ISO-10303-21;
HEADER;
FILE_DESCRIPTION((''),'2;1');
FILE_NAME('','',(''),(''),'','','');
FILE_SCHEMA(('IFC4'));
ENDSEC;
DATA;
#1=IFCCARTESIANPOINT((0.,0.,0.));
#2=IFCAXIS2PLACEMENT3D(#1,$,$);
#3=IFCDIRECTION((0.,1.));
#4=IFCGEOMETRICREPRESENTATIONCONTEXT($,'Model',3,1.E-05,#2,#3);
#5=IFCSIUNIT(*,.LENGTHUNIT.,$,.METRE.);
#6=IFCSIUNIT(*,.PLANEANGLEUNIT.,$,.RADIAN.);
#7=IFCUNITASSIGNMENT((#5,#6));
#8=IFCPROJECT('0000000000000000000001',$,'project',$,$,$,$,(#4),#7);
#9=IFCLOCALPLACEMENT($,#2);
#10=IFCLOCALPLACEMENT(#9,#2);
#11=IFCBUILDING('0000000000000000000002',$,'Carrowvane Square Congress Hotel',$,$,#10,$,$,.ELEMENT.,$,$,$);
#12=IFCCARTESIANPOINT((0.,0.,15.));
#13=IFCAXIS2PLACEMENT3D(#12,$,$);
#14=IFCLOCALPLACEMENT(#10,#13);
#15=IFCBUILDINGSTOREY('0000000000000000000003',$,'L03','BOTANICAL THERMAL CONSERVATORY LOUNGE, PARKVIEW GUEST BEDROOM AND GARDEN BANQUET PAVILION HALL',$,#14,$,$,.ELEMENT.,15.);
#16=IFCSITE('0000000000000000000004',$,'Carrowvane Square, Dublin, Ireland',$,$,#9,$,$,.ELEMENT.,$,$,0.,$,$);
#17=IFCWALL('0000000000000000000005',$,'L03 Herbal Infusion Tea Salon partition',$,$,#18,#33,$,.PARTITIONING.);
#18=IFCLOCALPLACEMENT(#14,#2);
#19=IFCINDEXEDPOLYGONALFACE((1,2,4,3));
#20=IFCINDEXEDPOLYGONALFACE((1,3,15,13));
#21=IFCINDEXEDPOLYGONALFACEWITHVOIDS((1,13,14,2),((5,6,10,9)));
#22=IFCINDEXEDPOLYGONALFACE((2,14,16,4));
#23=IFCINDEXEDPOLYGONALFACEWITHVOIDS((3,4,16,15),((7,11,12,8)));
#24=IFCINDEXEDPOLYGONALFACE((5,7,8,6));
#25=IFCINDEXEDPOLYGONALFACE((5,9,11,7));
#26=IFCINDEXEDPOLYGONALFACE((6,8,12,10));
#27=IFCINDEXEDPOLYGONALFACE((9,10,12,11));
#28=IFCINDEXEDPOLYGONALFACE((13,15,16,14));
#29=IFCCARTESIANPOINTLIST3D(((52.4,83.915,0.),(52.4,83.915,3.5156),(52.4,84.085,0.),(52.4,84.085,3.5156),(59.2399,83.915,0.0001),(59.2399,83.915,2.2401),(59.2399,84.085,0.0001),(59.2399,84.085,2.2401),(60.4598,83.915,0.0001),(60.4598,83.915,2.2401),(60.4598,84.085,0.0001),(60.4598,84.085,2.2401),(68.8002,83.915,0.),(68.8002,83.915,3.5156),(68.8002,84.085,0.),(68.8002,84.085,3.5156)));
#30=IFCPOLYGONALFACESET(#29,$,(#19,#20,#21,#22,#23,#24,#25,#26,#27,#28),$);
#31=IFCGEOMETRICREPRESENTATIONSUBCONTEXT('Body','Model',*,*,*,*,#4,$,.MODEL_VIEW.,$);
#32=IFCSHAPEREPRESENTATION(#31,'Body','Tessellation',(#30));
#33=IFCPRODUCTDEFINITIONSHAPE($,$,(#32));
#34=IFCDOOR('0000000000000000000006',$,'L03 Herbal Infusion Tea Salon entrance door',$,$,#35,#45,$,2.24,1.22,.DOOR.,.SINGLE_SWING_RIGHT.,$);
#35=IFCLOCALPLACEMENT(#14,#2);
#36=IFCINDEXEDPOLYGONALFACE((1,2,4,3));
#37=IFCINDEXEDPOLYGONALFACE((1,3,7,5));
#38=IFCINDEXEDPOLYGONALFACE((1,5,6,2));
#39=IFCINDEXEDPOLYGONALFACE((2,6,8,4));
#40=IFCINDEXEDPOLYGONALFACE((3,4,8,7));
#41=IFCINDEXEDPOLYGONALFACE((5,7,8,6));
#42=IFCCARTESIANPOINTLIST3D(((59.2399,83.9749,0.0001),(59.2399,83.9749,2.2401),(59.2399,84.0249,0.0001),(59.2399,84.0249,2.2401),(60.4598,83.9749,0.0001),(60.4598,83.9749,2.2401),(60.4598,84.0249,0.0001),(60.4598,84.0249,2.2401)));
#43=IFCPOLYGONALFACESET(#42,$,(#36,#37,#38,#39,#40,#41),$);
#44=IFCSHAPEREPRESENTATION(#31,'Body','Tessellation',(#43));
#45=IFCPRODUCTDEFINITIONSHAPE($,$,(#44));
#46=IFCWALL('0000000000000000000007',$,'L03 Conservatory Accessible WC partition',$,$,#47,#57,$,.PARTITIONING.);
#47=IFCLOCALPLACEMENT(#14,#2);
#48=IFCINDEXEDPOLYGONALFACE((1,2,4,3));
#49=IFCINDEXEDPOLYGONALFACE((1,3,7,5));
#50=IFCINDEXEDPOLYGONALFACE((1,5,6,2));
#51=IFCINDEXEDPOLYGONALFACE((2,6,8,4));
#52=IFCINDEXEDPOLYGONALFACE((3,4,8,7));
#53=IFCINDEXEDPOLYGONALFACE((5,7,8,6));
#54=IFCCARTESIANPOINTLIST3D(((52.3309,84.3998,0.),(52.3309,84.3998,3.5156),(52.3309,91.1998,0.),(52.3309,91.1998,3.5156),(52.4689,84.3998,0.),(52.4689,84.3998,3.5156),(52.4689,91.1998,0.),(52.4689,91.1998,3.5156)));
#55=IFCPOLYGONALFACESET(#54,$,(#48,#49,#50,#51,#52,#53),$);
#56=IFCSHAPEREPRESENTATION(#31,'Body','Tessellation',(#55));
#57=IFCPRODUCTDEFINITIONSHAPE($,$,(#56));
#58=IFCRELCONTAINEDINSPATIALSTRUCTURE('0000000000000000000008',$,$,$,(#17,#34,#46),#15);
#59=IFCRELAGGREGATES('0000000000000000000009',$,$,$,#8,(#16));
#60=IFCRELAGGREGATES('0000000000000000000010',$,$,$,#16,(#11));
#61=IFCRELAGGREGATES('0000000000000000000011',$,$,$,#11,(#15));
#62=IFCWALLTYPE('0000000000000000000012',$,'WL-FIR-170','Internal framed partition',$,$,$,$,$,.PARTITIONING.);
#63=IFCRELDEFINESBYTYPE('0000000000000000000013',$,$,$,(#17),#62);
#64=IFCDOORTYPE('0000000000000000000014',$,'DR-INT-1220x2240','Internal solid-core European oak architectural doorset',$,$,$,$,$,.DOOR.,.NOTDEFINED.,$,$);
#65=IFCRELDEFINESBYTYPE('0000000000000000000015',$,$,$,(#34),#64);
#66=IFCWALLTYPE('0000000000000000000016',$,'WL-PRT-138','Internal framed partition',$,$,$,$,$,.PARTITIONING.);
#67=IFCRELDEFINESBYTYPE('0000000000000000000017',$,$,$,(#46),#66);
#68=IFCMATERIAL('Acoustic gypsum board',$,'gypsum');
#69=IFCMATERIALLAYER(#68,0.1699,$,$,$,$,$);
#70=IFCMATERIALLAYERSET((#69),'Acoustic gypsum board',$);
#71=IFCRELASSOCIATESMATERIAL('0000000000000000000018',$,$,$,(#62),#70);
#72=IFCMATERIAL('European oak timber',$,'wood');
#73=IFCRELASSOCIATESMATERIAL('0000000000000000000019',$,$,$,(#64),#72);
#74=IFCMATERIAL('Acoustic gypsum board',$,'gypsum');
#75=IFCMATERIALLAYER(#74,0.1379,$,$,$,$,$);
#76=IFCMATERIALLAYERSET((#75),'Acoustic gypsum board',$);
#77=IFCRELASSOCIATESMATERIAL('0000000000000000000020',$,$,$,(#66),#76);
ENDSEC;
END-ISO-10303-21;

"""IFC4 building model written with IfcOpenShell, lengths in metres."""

from ifc_helpers import new_model, si_unit, direction, frame, frame_2d, origin, place, context, subcontext, project, spatial, rectangle, extrude, material, layer, layer_set, type_object, element, fill, save


model = new_model("IFC4")

# Units and contexts
model_context = context("Model", 3, precision=1e-05, world=origin(), true_north=direction((0.0, 1.0)))
body_context = subcontext(model_context, "Body", "Model", "MODEL_VIEW")
ifc_project = project(units=[si_unit("LENGTHUNIT", "METRE"), si_unit("PLANEANGLEUNIT", "RADIAN")], contexts=[model_context])

# Site, building, storey
site_placement = place(None, origin())
site = spatial("IfcSite", under=ifc_project, at=site_placement, Name="Carrowvane Square, Dublin, Ireland", CompositionType="ELEMENT", RefElevation=0.0)
building_placement = place(site_placement, origin())
building = spatial("IfcBuilding", under=site, at=building_placement, Name="Carrowvane Square Congress Hotel", CompositionType="ELEMENT")
storey_placement = place(building_placement, frame((0.0, 0.0, 15.0)))
storey = spatial("IfcBuildingStorey", under=building, at=storey_placement, Name="L03", Description="BOTANICAL THERMAL CONSERVATORY LOUNGE, PARKVIEW GUEST BEDROOM AND GARDEN BANQUET PAVILION HALL", CompositionType="ELEMENT", Elevation=15.0)

# Wall, opening, door
ifc_material_1 = material(Name="Acoustic gypsum board", Category="gypsum")
ifc_layer_1 = layer(ifc_material_1, 0.1699)
ifc_layer_set_1 = layer_set([ifc_layer_1], Name="Acoustic gypsum board")
wall_type_1 = type_object("IfcWallType", Name="WL-FIR-170", Description="Internal framed partition", PredefinedType="PARTITIONING", material=ifc_layer_set_1)
wall_1_placement = place(storey_placement, frame((52.3999, 84.0, 0.0), z_axis=(0.0, 0.0, 1.0), x_axis=(1.0, 0.0, 0.0)))
wall_1 = element("IfcWall", 1, at=wall_1_placement, inside=storey, type_object=wall_type_1, Name="L03 Herbal Infusion Tea Salon partition", PredefinedType="PARTITIONING", context=body_context, shape_type="SweptSolid", body=[
    extrude(rectangle(XDim=16.4001, YDim=0.1699, at=frame_2d((8.2002, 0.0))), origin(), (0.0, 0.0, 1.0), 3.5156),
])
opening_placement = place(wall_1_placement, frame((6.8401, 0.0, 0.0)))
opening = element("IfcOpeningElement", 2, at=opening_placement, cuts=wall_1, PredefinedType="OPENING", context=body_context, shape_type="SweptSolid", body=[
    extrude(rectangle(XDim=1.22, YDim=2.24, at=frame_2d((0.6099, 1.1201))), frame((0.0, 0.095, 0.0), z_axis=(0.0, -1.0, 0.0), x_axis=(1.0, 0.0, 0.0)), (0.0, 0.0, 1.0), 0.1899),
])
ifc_material_2 = material(Name="European oak timber", Category="wood")
door_type = type_object("IfcDoorType", Name="DR-INT-1220x2240", Description="Internal solid-core European oak architectural doorset", OperationType="NOTDEFINED", PredefinedType="DOOR", material=ifc_material_2)
door_placement = place(opening_placement, origin())
door = element("IfcDoor", 3, at=door_placement, inside=storey, type_object=door_type, Name="L03 Herbal Infusion Tea Salon entrance door", OperationType="SINGLE_SWING_RIGHT", OverallHeight=2.24, OverallWidth=1.22, PredefinedType="DOOR", context=body_context, shape_type="SweptSolid", body=[
    extrude(rectangle(XDim=1.22, YDim=2.24, at=frame_2d((0.6099, 1.1201))), frame((0.0, 0.0249, 0.0), z_axis=(0.0, -1.0, 0.0), x_axis=(1.0, 0.0, 0.0)), (0.0, 0.0, 1.0), 0.05),
])
fill(opening, door)

# Wall
ifc_material_3 = material(Name="Acoustic gypsum board", Category="gypsum")
ifc_layer_2 = layer(ifc_material_3, 0.1379)
ifc_layer_set_2 = layer_set([ifc_layer_2], Name="Acoustic gypsum board")
wall_type_2 = type_object("IfcWallType", Name="WL-PRT-138", Description="Internal framed partition", PredefinedType="PARTITIONING", material=ifc_layer_set_2)
wall_2_placement = place(storey_placement, frame((52.3999, 84.3999, 0.0), z_axis=(0.0, 0.0, 1.0), x_axis=(0.0, 1.0, 0.0)))
element("IfcWall", 4, at=wall_2_placement, inside=storey, type_object=wall_type_2, Name="L03 Conservatory Accessible WC partition", PredefinedType="PARTITIONING", context=body_context, shape_type="SweptSolid", body=[
    extrude(rectangle(XDim=6.8, YDim=0.1379, at=frame_2d((3.3999, 0.0))), origin(), (0.0, 0.0, 1.0), 3.5156),
])

save(model, "model.ifc")
